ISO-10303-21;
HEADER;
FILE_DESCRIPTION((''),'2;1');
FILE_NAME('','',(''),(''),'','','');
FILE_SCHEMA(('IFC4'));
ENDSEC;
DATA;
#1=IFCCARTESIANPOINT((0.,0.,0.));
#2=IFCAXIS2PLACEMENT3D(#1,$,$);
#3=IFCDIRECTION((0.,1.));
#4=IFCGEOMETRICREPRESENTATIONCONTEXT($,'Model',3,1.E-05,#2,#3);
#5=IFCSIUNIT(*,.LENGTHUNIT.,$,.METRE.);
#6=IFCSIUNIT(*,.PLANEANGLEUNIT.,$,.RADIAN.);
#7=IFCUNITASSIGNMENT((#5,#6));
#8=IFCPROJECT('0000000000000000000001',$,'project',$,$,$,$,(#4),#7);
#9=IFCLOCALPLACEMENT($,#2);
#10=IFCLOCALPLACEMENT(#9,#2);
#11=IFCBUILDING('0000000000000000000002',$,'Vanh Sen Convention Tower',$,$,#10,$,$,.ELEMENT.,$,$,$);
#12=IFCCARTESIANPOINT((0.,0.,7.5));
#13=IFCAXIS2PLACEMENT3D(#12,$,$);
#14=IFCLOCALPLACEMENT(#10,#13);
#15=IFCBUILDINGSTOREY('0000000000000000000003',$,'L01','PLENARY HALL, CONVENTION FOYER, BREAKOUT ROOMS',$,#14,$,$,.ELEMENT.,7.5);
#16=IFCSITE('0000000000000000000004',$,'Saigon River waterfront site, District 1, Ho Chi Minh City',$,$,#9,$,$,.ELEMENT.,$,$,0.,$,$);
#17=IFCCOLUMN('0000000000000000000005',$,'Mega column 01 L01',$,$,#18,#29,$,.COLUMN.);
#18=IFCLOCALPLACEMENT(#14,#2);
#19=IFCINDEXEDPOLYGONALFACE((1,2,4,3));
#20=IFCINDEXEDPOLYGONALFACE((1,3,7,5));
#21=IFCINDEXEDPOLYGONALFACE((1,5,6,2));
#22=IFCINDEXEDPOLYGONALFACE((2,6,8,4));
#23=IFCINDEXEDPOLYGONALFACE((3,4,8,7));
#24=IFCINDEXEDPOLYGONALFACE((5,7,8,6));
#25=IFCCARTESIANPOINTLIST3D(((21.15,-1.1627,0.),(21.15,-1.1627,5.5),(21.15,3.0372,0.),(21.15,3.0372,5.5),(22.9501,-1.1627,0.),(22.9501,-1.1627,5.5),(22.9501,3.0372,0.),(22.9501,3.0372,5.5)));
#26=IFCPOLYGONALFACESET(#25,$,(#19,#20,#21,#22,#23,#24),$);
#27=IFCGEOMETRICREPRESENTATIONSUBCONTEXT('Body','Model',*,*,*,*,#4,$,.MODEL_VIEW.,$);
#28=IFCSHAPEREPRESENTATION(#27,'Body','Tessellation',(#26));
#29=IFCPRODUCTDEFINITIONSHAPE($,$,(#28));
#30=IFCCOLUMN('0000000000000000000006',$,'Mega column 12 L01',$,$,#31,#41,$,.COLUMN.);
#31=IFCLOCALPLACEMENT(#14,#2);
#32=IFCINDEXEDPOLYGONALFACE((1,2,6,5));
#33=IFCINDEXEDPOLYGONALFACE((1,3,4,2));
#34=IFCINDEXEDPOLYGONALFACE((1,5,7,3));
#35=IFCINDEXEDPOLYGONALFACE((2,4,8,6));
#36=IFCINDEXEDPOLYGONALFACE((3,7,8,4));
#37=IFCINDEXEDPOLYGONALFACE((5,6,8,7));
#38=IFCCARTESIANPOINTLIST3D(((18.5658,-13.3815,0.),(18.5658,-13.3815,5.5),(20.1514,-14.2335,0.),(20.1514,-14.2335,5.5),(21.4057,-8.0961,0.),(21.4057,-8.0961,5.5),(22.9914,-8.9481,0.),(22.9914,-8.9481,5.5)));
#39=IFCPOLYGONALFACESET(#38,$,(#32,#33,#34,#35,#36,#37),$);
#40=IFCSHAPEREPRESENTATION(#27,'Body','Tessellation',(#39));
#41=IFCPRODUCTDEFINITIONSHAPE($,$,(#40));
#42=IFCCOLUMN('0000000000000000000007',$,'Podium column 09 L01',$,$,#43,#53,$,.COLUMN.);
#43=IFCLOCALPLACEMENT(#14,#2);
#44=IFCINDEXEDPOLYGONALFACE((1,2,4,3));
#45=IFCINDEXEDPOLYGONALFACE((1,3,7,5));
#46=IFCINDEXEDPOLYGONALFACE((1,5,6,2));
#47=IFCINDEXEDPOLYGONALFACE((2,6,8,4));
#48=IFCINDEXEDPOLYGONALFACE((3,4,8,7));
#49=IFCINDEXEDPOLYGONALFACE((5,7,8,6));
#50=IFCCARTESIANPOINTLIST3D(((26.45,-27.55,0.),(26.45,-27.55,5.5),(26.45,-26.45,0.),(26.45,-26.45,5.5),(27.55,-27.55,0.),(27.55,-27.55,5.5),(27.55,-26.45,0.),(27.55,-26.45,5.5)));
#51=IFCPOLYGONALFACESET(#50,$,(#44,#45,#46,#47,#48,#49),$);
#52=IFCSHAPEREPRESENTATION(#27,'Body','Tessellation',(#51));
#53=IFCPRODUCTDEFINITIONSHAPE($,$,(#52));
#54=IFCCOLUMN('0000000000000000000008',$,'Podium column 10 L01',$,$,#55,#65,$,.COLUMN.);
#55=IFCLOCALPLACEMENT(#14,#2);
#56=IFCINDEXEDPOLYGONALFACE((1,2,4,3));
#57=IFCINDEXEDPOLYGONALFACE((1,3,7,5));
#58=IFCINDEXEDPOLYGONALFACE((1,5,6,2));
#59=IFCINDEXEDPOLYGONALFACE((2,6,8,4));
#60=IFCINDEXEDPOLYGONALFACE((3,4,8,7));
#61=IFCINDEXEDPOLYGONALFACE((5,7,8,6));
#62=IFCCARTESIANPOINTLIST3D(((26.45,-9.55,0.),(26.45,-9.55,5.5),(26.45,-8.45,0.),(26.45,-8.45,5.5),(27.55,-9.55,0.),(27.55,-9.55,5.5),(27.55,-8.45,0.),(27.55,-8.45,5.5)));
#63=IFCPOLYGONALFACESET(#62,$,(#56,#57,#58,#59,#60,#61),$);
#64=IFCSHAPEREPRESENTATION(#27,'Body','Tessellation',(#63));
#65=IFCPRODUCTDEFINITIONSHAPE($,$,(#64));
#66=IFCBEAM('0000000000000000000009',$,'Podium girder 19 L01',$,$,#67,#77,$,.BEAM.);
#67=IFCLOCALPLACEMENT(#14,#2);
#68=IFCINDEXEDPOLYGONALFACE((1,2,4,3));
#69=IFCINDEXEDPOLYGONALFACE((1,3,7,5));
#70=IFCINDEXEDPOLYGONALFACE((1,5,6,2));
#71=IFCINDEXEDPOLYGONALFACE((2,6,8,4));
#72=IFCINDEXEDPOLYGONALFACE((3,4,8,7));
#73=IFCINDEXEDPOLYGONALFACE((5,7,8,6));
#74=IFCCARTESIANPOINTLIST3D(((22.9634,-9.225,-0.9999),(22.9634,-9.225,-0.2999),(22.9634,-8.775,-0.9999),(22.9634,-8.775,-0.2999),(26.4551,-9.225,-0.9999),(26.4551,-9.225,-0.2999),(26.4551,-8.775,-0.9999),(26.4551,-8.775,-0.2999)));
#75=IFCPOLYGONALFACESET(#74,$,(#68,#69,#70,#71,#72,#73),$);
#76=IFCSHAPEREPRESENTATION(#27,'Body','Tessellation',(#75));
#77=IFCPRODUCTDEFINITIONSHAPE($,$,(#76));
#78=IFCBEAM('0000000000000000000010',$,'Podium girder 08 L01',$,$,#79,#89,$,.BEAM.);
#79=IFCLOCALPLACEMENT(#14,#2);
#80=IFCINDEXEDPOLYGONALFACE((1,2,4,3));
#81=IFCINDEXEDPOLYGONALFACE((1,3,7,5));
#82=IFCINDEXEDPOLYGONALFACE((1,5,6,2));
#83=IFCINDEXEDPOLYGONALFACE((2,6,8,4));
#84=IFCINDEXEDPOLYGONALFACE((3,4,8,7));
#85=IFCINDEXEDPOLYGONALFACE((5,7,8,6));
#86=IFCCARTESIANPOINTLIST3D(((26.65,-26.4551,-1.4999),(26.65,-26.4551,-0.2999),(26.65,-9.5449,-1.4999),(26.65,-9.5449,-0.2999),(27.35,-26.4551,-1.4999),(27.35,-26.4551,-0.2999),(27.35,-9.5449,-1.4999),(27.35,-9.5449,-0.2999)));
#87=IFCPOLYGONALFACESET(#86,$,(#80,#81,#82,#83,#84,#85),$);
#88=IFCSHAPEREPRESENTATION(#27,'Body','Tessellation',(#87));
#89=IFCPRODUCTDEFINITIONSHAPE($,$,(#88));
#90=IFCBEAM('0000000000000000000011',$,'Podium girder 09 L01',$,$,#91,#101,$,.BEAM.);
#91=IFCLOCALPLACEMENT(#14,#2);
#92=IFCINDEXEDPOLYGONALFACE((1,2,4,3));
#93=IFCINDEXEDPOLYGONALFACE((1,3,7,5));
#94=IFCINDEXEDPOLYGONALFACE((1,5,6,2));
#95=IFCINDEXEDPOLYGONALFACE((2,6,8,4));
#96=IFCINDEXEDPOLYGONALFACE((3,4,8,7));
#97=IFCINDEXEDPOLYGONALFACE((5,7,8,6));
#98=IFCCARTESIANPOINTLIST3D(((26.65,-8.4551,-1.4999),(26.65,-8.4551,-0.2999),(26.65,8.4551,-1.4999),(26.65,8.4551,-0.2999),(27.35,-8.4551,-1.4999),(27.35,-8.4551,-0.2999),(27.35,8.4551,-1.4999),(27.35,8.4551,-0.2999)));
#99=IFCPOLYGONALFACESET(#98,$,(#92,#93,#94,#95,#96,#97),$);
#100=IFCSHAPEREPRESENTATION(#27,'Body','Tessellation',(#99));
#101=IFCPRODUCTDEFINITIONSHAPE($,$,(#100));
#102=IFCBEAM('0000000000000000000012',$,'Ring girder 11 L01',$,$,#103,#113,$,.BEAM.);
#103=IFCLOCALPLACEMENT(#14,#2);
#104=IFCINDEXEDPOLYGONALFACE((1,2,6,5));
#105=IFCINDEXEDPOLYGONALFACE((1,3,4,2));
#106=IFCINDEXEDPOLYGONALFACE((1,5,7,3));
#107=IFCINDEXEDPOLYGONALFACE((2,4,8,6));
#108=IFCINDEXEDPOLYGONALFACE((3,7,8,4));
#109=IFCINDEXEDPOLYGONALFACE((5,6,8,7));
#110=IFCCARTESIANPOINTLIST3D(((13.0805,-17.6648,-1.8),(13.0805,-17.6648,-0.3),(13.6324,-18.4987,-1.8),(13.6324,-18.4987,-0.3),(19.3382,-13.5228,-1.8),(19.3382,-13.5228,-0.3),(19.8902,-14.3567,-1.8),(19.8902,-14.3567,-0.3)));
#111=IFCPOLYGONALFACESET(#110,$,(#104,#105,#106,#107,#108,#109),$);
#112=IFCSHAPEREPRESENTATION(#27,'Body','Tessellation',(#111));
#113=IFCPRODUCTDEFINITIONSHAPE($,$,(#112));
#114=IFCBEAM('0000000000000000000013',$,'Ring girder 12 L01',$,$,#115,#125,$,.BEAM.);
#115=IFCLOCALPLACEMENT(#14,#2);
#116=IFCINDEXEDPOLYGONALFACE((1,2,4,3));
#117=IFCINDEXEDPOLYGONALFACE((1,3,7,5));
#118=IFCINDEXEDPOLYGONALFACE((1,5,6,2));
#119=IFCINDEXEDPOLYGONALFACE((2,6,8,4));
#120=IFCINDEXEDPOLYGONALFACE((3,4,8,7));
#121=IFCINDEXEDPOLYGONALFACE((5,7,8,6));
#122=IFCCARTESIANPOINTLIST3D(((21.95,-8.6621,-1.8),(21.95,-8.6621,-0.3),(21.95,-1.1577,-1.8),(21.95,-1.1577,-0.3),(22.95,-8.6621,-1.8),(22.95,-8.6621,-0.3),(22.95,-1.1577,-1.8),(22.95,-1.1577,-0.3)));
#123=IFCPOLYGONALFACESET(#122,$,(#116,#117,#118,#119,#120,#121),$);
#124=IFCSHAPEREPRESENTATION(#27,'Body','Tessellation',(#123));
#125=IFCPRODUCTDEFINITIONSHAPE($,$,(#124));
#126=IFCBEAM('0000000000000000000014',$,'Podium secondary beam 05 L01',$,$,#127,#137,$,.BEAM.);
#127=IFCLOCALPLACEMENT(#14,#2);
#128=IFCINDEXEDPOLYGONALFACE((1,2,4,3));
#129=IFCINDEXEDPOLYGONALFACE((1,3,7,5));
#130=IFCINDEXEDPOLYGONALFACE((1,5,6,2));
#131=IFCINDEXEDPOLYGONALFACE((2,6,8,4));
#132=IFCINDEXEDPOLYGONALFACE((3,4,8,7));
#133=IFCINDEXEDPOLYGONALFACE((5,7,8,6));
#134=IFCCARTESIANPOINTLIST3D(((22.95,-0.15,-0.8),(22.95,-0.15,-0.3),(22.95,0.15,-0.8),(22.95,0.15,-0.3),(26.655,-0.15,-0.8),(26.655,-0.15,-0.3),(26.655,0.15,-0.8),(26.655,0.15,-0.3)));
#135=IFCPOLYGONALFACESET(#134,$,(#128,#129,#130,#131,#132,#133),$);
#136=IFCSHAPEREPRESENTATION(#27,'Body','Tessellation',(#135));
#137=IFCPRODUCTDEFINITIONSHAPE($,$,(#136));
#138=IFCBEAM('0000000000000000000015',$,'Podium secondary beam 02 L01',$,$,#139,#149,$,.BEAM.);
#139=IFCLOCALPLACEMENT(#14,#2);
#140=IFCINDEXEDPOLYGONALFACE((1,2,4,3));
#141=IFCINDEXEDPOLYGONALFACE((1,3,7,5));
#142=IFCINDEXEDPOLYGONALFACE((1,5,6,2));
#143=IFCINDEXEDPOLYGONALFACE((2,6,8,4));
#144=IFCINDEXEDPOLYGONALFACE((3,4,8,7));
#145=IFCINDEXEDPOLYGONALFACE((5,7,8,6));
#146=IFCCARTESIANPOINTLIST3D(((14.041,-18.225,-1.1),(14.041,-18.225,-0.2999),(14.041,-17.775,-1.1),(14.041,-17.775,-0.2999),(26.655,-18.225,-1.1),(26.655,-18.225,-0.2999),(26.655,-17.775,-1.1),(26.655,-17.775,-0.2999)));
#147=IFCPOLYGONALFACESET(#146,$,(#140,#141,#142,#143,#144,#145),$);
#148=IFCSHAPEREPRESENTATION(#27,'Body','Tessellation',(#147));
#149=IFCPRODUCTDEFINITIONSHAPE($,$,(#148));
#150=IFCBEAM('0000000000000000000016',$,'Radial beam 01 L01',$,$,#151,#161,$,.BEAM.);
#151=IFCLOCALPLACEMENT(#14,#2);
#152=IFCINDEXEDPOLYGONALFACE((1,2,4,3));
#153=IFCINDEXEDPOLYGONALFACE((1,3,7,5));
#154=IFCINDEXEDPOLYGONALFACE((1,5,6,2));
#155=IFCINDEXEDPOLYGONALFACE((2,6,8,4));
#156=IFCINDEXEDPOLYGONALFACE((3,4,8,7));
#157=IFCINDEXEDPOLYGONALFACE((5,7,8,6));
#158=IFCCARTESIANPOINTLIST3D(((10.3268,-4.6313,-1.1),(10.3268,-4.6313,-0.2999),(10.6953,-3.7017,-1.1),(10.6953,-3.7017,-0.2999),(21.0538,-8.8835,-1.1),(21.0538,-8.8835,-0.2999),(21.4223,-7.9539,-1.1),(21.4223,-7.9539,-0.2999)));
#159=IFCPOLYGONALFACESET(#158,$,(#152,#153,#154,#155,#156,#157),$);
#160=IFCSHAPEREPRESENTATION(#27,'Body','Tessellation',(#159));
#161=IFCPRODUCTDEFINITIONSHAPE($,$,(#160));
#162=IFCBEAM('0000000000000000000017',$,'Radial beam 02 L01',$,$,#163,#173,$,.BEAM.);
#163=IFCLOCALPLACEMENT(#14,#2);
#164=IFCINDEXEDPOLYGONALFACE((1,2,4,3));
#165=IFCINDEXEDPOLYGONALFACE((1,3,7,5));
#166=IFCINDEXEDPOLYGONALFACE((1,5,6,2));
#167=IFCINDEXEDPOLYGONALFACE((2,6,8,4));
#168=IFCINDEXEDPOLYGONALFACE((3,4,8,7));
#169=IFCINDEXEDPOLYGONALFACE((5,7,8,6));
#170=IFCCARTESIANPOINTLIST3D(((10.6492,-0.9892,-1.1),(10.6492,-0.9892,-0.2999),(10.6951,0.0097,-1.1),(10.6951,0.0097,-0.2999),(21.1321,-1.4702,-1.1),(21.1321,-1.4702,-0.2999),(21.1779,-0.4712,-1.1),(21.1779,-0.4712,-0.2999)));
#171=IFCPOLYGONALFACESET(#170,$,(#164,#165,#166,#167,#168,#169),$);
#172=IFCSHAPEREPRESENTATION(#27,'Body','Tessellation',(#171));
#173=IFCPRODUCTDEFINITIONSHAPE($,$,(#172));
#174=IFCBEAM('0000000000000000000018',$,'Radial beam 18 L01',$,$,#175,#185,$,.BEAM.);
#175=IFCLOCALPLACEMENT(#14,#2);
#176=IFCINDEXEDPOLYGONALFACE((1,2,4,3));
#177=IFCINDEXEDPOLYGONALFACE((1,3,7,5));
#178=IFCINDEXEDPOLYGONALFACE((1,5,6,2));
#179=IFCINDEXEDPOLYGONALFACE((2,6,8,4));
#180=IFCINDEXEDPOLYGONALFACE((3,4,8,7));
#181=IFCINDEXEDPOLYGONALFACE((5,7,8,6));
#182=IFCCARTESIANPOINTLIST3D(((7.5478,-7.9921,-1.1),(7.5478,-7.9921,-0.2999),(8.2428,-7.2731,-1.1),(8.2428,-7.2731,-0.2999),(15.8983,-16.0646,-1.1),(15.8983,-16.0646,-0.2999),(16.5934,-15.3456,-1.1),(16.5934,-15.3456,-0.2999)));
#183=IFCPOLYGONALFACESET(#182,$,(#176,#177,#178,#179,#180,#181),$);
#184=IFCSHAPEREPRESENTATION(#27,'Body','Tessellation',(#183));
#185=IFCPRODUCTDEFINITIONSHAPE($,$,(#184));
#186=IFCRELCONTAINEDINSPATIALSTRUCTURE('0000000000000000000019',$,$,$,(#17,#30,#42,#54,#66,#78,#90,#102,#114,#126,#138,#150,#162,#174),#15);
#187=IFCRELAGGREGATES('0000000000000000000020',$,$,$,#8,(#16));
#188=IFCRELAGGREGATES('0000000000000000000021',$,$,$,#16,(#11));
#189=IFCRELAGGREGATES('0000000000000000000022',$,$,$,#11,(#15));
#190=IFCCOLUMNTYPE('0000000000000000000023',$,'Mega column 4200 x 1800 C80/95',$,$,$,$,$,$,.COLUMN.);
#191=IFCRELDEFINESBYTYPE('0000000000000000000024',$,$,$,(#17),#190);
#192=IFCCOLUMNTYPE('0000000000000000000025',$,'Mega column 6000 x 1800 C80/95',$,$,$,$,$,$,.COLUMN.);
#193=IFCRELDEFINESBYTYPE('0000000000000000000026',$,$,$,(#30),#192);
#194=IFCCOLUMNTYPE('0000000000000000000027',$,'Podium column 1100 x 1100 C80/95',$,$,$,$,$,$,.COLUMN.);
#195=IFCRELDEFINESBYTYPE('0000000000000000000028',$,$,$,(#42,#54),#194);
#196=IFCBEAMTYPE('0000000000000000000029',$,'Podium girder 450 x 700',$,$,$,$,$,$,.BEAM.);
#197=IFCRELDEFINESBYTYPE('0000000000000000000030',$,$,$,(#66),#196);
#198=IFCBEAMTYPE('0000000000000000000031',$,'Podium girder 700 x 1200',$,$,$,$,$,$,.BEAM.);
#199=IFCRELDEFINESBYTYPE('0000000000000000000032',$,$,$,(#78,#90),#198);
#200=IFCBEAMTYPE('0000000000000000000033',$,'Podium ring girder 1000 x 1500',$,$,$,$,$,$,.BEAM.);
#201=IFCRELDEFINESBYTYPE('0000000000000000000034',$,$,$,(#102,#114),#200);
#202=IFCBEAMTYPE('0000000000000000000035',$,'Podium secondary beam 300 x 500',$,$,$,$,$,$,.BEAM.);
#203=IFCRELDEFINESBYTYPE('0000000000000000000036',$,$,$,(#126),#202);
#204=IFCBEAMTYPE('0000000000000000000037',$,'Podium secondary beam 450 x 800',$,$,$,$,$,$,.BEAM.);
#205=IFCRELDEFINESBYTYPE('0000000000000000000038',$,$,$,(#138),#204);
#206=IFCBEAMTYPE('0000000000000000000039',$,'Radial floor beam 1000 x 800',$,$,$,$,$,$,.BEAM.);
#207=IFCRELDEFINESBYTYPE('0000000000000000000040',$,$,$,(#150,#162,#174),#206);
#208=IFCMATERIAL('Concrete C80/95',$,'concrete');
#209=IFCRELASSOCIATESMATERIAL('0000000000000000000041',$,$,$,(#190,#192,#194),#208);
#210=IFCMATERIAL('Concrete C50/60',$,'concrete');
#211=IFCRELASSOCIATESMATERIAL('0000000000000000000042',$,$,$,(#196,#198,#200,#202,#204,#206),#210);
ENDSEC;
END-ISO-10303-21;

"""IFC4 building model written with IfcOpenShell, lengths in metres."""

from ifc_helpers import new_model, si_unit, direction, frame, origin, origin_2d, place, context, subcontext, project, spatial, rectangle, extrude, material, material_profile, profile_set, type_object, element, save


model = new_model("IFC4")

# Units and contexts
model_context = context("Model", 3, precision=1e-05, world=origin(), true_north=direction((0.0, 1.0)))
body_context = subcontext(model_context, "Body", "Model", "MODEL_VIEW")
ifc_project = project(units=[si_unit("LENGTHUNIT", "METRE"), si_unit("PLANEANGLEUNIT", "RADIAN")], contexts=[model_context])

# Site, building, storey
site_placement = place(None, origin())
site = spatial("IfcSite", under=ifc_project, at=site_placement, Name="Saigon River waterfront site, District 1, Ho Chi Minh City", CompositionType="ELEMENT", RefElevation=0.0)
building_placement = place(site_placement, origin())
building = spatial("IfcBuilding", under=site, at=building_placement, Name="Vanh Sen Convention Tower", CompositionType="ELEMENT")
storey_placement = place(building_placement, frame((0.0, 0.0, 7.5)))
storey = spatial("IfcBuildingStorey", under=building, at=storey_placement, Name="L01", Description="PLENARY HALL, CONVENTION FOYER, BREAKOUT ROOMS", CompositionType="ELEMENT", Elevation=7.5)

# Columns
ifc_material_1 = material(Name="Concrete C80/95", Category="concrete")
ifc_material_profile_1 = material_profile(ifc_material_1, rectangle(XDim=4.2, YDim=1.8, at=origin_2d()), Name="RC 4200X1800")
ifc_profile_set_1 = profile_set([ifc_material_profile_1], Name="Concrete C80/95")
column_type_1 = type_object("IfcColumnType", Name="Mega column 4200 x 1800 C80/95", PredefinedType="COLUMN", material=ifc_profile_set_1)
column_1_placement = place(storey_placement, frame((22.05, 0.9373, 0.0), z_axis=(0.0, 0.0, 1.0), x_axis=(0.0, 1.0, 0.0)))
element("IfcColumn", 1, at=column_1_placement, inside=storey, type_object=column_type_1, Name="Mega column 01 L01", PredefinedType="COLUMN", context=body_context, shape_type="SweptSolid", body=[
    extrude(rectangle(XDim=4.2, YDim=1.8, at=origin_2d()), origin(), (0.0, 0.0, 1.0), 5.5),
])
ifc_material_profile_2 = material_profile(ifc_material_1, rectangle(XDim=6.0, YDim=1.8, at=origin_2d()), Name="RC 6000X1800")
ifc_profile_set_2 = profile_set([ifc_material_profile_2], Name="Concrete C80/95")
column_type_2 = type_object("IfcColumnType", Name="Mega column 6000 x 1800 C80/95", PredefinedType="COLUMN", material=ifc_profile_set_2)
column_2_placement = place(storey_placement, frame((20.7786, -11.1648, 0.0), z_axis=(0.0, 0.0, 1.0), x_axis=(0.473323, 0.880889, 0.0)))
element("IfcColumn", 2, at=column_2_placement, inside=storey, type_object=column_type_2, Name="Mega column 12 L01", PredefinedType="COLUMN", context=body_context, shape_type="SweptSolid", body=[
    extrude(rectangle(XDim=6.0, YDim=1.8, at=origin_2d()), origin(), (0.0, 0.0, 1.0), 5.5),
])
ifc_material_profile_3 = material_profile(ifc_material_1, rectangle(XDim=1.1001, YDim=1.1001, at=origin_2d()), Name="RC 1100X1100")
ifc_profile_set_3 = profile_set([ifc_material_profile_3], Name="Concrete C80/95")
column_type_3 = type_object("IfcColumnType", Name="Podium column 1100 x 1100 C80/95", PredefinedType="COLUMN", material=ifc_profile_set_3)
for number, where, z_axis, x_axis, name in (
    (3, (27.0, -27.0, 0.0), (0.0, 0.0, 1.0), (1.0, 0.0, 0.0), "Podium column 09 L01"),
    (4, (27.0, -9.0, 0.0), (0.0, 0.0, 1.0), (1.0, 0.0, 0.0), "Podium column 10 L01"),
):
    element("IfcColumn", number, at=place(storey_placement, frame(where, z_axis=z_axis, x_axis=x_axis)), inside=storey, type_object=column_type_3, Name=name, PredefinedType="COLUMN", context=body_context, shape_type="SweptSolid", body=[
        extrude(rectangle(XDim=1.1001, YDim=1.1001, at=origin_2d()), origin(), (0.0, 0.0, 1.0), 5.5),
    ])

# Beams
ifc_material_2 = material(Name="Concrete C50/60", Category="concrete")
ifc_material_profile_4 = material_profile(ifc_material_2, rectangle(XDim=0.45, YDim=0.7, at=origin_2d()), Name="RC 450X700")
ifc_profile_set_4 = profile_set([ifc_material_profile_4], Name="Concrete C50/60")
beam_type_1 = type_object("IfcBeamType", Name="Podium girder 450 x 700", PredefinedType="BEAM", material=ifc_profile_set_4)
beam_1_placement = place(storey_placement, frame((22.9634, -9.0, -0.6499), z_axis=(1.0, 0.0, 0.0), x_axis=(0.0, 1.0, 0.0)))
element("IfcBeam", 5, at=beam_1_placement, inside=storey, type_object=beam_type_1, Name="Podium girder 19 L01", PredefinedType="BEAM", context=body_context, shape_type="SweptSolid", body=[
    extrude(rectangle(XDim=0.45, YDim=0.7, at=origin_2d()), origin(), (0.0, 0.0, 1.0), 3.4917),
])
ifc_material_profile_5 = material_profile(ifc_material_2, rectangle(XDim=0.7, YDim=1.2, at=origin_2d()), Name="RC 700X1200")
ifc_profile_set_5 = profile_set([ifc_material_profile_5], Name="Concrete C50/60")
beam_type_2 = type_object("IfcBeamType", Name="Podium girder 700 x 1200", PredefinedType="BEAM", material=ifc_profile_set_5)
for number, where, z_axis, x_axis, name in (
    (6, (27.0, -26.4551, -0.8999), (0.0, 1.0, 0.0), (-1.0, 0.0, 0.0), "Podium girder 08 L01"),
    (7, (27.0, -8.4551, -0.8999), (0.0, 1.0, 0.0), (-1.0, 0.0, 0.0), "Podium girder 09 L01"),
):
    element("IfcBeam", number, at=place(storey_placement, frame(where, z_axis=z_axis, x_axis=x_axis)), inside=storey, type_object=beam_type_2, Name=name, PredefinedType="BEAM", context=body_context, shape_type="SweptSolid", body=[
        extrude(rectangle(XDim=0.7, YDim=1.2, at=origin_2d()), origin(), (0.0, 0.0, 1.0), 16.9102),
    ])
ifc_material_profile_6 = material_profile(ifc_material_2, rectangle(XDim=1.0, YDim=1.5, at=origin_2d()), Name="RC 1000X1500")
ifc_profile_set_6 = profile_set([ifc_material_profile_6], Name="Concrete C50/60")
beam_type_3 = type_object("IfcBeamType", Name="Podium ring girder 1000 x 1500", PredefinedType="BEAM", material=ifc_profile_set_6)
for number, where, z_axis, x_axis, name in (
    (8, (13.3564, -18.0818, -1.05), (0.833878, 0.551949, 0.0), (-0.551949, 0.833878, 0.0), "Ring girder 11 L01"),
    (9, (22.45, -8.6621, -1.05), (0.0, 1.0, 0.0), (-1.0, 0.0, 0.0), "Ring girder 12 L01"),
):
    element("IfcBeam", number, at=place(storey_placement, frame(where, z_axis=z_axis, x_axis=x_axis)), inside=storey, type_object=beam_type_3, Name=name, PredefinedType="BEAM", context=body_context, shape_type="SweptSolid", body=[
        extrude(rectangle(XDim=1.0, YDim=1.5, at=origin_2d()), origin(), (0.0, 0.0, 1.0), 7.5044),
    ])
ifc_material_profile_7 = material_profile(ifc_material_2, rectangle(XDim=0.3, YDim=0.5, at=origin_2d()), Name="RC 300X500")
ifc_profile_set_7 = profile_set([ifc_material_profile_7], Name="Concrete C50/60")
beam_type_4 = type_object("IfcBeamType", Name="Podium secondary beam 300 x 500", PredefinedType="BEAM", material=ifc_profile_set_7)
beam_2_placement = place(storey_placement, frame((22.95, 0.0, -0.55), z_axis=(1.0, 0.0, 0.0), x_axis=(0.0, 1.0, 0.0)))
element("IfcBeam", 10, at=beam_2_placement, inside=storey, type_object=beam_type_4, Name="Podium secondary beam 05 L01", PredefinedType="BEAM", context=body_context, shape_type="SweptSolid", body=[
    extrude(rectangle(XDim=0.3, YDim=0.5, at=origin_2d()), origin(), (0.0, 0.0, 1.0), 3.7051),
])
ifc_material_profile_8 = material_profile(ifc_material_2, rectangle(XDim=0.45, YDim=0.8, at=origin_2d()), Name="RC 450X800")
ifc_profile_set_8 = profile_set([ifc_material_profile_8], Name="Concrete C50/60")
beam_type_5 = type_object("IfcBeamType", Name="Podium secondary beam 450 x 800", PredefinedType="BEAM", material=ifc_profile_set_8)
beam_3_placement = place(storey_placement, frame((14.041, -18.0, -0.7), z_axis=(1.0, 0.0, 0.0), x_axis=(0.0, 1.0, 0.0)))
element("IfcBeam", 11, at=beam_3_placement, inside=storey, type_object=beam_type_5, Name="Podium secondary beam 02 L01", PredefinedType="BEAM", context=body_context, shape_type="SweptSolid", body=[
    extrude(rectangle(XDim=0.45, YDim=0.8, at=origin_2d()), origin(), (0.0, 0.0, 1.0), 12.614),
])
ifc_material_profile_9 = material_profile(ifc_material_2, rectangle(XDim=1.0, YDim=0.8, at=origin_2d()), Name="RC 1000X800")
ifc_profile_set_9 = profile_set([ifc_material_profile_9], Name="Concrete C50/60")
beam_type_6 = type_object("IfcBeamType", Name="Radial floor beam 1000 x 800", PredefinedType="BEAM", material=ifc_profile_set_9)
beam_4_placement = place(storey_placement, frame((21.238, -8.4187, -0.7), z_axis=(-0.929626, 0.368503, 0.0), x_axis=(-0.368503, -0.929626, 0.0)))
element("IfcBeam", 12, at=beam_4_placement, inside=storey, type_object=beam_type_6, Name="Radial beam 01 L01", PredefinedType="BEAM", context=body_context, shape_type="SweptSolid", body=[
    extrude(rectangle(XDim=1.0, YDim=0.8, at=origin_2d()), origin(), (0.0, 0.0, 1.0), 11.5391),
])
beam_5_placement = place(storey_placement, frame((21.155, -0.9707, -0.7), z_axis=(-0.998949, 0.045832, 0.0), x_axis=(-0.045832, -0.998949, 0.0)))
element("IfcBeam", 13, at=beam_5_placement, inside=storey, type_object=beam_type_6, Name="Radial beam 02 L01", PredefinedType="BEAM", context=body_context, shape_type="SweptSolid", body=[
    extrude(rectangle(XDim=1.0, YDim=0.8, at=origin_2d()), origin(), (0.0, 0.0, 1.0), 10.4939),
])
beam_6_placement = place(storey_placement, frame((16.2458, -15.7051, -0.7), z_axis=(-0.718976, 0.695034, 0.0), x_axis=(-0.695034, -0.718976, 0.0)))
element("IfcBeam", 14, at=beam_6_placement, inside=storey, type_object=beam_type_6, Name="Radial beam 18 L01", PredefinedType="BEAM", context=body_context, shape_type="SweptSolid", body=[
    extrude(rectangle(XDim=1.0, YDim=0.8, at=origin_2d()), origin(), (0.0, 0.0, 1.0), 11.6145),
])

save(model, "model.ifc")
